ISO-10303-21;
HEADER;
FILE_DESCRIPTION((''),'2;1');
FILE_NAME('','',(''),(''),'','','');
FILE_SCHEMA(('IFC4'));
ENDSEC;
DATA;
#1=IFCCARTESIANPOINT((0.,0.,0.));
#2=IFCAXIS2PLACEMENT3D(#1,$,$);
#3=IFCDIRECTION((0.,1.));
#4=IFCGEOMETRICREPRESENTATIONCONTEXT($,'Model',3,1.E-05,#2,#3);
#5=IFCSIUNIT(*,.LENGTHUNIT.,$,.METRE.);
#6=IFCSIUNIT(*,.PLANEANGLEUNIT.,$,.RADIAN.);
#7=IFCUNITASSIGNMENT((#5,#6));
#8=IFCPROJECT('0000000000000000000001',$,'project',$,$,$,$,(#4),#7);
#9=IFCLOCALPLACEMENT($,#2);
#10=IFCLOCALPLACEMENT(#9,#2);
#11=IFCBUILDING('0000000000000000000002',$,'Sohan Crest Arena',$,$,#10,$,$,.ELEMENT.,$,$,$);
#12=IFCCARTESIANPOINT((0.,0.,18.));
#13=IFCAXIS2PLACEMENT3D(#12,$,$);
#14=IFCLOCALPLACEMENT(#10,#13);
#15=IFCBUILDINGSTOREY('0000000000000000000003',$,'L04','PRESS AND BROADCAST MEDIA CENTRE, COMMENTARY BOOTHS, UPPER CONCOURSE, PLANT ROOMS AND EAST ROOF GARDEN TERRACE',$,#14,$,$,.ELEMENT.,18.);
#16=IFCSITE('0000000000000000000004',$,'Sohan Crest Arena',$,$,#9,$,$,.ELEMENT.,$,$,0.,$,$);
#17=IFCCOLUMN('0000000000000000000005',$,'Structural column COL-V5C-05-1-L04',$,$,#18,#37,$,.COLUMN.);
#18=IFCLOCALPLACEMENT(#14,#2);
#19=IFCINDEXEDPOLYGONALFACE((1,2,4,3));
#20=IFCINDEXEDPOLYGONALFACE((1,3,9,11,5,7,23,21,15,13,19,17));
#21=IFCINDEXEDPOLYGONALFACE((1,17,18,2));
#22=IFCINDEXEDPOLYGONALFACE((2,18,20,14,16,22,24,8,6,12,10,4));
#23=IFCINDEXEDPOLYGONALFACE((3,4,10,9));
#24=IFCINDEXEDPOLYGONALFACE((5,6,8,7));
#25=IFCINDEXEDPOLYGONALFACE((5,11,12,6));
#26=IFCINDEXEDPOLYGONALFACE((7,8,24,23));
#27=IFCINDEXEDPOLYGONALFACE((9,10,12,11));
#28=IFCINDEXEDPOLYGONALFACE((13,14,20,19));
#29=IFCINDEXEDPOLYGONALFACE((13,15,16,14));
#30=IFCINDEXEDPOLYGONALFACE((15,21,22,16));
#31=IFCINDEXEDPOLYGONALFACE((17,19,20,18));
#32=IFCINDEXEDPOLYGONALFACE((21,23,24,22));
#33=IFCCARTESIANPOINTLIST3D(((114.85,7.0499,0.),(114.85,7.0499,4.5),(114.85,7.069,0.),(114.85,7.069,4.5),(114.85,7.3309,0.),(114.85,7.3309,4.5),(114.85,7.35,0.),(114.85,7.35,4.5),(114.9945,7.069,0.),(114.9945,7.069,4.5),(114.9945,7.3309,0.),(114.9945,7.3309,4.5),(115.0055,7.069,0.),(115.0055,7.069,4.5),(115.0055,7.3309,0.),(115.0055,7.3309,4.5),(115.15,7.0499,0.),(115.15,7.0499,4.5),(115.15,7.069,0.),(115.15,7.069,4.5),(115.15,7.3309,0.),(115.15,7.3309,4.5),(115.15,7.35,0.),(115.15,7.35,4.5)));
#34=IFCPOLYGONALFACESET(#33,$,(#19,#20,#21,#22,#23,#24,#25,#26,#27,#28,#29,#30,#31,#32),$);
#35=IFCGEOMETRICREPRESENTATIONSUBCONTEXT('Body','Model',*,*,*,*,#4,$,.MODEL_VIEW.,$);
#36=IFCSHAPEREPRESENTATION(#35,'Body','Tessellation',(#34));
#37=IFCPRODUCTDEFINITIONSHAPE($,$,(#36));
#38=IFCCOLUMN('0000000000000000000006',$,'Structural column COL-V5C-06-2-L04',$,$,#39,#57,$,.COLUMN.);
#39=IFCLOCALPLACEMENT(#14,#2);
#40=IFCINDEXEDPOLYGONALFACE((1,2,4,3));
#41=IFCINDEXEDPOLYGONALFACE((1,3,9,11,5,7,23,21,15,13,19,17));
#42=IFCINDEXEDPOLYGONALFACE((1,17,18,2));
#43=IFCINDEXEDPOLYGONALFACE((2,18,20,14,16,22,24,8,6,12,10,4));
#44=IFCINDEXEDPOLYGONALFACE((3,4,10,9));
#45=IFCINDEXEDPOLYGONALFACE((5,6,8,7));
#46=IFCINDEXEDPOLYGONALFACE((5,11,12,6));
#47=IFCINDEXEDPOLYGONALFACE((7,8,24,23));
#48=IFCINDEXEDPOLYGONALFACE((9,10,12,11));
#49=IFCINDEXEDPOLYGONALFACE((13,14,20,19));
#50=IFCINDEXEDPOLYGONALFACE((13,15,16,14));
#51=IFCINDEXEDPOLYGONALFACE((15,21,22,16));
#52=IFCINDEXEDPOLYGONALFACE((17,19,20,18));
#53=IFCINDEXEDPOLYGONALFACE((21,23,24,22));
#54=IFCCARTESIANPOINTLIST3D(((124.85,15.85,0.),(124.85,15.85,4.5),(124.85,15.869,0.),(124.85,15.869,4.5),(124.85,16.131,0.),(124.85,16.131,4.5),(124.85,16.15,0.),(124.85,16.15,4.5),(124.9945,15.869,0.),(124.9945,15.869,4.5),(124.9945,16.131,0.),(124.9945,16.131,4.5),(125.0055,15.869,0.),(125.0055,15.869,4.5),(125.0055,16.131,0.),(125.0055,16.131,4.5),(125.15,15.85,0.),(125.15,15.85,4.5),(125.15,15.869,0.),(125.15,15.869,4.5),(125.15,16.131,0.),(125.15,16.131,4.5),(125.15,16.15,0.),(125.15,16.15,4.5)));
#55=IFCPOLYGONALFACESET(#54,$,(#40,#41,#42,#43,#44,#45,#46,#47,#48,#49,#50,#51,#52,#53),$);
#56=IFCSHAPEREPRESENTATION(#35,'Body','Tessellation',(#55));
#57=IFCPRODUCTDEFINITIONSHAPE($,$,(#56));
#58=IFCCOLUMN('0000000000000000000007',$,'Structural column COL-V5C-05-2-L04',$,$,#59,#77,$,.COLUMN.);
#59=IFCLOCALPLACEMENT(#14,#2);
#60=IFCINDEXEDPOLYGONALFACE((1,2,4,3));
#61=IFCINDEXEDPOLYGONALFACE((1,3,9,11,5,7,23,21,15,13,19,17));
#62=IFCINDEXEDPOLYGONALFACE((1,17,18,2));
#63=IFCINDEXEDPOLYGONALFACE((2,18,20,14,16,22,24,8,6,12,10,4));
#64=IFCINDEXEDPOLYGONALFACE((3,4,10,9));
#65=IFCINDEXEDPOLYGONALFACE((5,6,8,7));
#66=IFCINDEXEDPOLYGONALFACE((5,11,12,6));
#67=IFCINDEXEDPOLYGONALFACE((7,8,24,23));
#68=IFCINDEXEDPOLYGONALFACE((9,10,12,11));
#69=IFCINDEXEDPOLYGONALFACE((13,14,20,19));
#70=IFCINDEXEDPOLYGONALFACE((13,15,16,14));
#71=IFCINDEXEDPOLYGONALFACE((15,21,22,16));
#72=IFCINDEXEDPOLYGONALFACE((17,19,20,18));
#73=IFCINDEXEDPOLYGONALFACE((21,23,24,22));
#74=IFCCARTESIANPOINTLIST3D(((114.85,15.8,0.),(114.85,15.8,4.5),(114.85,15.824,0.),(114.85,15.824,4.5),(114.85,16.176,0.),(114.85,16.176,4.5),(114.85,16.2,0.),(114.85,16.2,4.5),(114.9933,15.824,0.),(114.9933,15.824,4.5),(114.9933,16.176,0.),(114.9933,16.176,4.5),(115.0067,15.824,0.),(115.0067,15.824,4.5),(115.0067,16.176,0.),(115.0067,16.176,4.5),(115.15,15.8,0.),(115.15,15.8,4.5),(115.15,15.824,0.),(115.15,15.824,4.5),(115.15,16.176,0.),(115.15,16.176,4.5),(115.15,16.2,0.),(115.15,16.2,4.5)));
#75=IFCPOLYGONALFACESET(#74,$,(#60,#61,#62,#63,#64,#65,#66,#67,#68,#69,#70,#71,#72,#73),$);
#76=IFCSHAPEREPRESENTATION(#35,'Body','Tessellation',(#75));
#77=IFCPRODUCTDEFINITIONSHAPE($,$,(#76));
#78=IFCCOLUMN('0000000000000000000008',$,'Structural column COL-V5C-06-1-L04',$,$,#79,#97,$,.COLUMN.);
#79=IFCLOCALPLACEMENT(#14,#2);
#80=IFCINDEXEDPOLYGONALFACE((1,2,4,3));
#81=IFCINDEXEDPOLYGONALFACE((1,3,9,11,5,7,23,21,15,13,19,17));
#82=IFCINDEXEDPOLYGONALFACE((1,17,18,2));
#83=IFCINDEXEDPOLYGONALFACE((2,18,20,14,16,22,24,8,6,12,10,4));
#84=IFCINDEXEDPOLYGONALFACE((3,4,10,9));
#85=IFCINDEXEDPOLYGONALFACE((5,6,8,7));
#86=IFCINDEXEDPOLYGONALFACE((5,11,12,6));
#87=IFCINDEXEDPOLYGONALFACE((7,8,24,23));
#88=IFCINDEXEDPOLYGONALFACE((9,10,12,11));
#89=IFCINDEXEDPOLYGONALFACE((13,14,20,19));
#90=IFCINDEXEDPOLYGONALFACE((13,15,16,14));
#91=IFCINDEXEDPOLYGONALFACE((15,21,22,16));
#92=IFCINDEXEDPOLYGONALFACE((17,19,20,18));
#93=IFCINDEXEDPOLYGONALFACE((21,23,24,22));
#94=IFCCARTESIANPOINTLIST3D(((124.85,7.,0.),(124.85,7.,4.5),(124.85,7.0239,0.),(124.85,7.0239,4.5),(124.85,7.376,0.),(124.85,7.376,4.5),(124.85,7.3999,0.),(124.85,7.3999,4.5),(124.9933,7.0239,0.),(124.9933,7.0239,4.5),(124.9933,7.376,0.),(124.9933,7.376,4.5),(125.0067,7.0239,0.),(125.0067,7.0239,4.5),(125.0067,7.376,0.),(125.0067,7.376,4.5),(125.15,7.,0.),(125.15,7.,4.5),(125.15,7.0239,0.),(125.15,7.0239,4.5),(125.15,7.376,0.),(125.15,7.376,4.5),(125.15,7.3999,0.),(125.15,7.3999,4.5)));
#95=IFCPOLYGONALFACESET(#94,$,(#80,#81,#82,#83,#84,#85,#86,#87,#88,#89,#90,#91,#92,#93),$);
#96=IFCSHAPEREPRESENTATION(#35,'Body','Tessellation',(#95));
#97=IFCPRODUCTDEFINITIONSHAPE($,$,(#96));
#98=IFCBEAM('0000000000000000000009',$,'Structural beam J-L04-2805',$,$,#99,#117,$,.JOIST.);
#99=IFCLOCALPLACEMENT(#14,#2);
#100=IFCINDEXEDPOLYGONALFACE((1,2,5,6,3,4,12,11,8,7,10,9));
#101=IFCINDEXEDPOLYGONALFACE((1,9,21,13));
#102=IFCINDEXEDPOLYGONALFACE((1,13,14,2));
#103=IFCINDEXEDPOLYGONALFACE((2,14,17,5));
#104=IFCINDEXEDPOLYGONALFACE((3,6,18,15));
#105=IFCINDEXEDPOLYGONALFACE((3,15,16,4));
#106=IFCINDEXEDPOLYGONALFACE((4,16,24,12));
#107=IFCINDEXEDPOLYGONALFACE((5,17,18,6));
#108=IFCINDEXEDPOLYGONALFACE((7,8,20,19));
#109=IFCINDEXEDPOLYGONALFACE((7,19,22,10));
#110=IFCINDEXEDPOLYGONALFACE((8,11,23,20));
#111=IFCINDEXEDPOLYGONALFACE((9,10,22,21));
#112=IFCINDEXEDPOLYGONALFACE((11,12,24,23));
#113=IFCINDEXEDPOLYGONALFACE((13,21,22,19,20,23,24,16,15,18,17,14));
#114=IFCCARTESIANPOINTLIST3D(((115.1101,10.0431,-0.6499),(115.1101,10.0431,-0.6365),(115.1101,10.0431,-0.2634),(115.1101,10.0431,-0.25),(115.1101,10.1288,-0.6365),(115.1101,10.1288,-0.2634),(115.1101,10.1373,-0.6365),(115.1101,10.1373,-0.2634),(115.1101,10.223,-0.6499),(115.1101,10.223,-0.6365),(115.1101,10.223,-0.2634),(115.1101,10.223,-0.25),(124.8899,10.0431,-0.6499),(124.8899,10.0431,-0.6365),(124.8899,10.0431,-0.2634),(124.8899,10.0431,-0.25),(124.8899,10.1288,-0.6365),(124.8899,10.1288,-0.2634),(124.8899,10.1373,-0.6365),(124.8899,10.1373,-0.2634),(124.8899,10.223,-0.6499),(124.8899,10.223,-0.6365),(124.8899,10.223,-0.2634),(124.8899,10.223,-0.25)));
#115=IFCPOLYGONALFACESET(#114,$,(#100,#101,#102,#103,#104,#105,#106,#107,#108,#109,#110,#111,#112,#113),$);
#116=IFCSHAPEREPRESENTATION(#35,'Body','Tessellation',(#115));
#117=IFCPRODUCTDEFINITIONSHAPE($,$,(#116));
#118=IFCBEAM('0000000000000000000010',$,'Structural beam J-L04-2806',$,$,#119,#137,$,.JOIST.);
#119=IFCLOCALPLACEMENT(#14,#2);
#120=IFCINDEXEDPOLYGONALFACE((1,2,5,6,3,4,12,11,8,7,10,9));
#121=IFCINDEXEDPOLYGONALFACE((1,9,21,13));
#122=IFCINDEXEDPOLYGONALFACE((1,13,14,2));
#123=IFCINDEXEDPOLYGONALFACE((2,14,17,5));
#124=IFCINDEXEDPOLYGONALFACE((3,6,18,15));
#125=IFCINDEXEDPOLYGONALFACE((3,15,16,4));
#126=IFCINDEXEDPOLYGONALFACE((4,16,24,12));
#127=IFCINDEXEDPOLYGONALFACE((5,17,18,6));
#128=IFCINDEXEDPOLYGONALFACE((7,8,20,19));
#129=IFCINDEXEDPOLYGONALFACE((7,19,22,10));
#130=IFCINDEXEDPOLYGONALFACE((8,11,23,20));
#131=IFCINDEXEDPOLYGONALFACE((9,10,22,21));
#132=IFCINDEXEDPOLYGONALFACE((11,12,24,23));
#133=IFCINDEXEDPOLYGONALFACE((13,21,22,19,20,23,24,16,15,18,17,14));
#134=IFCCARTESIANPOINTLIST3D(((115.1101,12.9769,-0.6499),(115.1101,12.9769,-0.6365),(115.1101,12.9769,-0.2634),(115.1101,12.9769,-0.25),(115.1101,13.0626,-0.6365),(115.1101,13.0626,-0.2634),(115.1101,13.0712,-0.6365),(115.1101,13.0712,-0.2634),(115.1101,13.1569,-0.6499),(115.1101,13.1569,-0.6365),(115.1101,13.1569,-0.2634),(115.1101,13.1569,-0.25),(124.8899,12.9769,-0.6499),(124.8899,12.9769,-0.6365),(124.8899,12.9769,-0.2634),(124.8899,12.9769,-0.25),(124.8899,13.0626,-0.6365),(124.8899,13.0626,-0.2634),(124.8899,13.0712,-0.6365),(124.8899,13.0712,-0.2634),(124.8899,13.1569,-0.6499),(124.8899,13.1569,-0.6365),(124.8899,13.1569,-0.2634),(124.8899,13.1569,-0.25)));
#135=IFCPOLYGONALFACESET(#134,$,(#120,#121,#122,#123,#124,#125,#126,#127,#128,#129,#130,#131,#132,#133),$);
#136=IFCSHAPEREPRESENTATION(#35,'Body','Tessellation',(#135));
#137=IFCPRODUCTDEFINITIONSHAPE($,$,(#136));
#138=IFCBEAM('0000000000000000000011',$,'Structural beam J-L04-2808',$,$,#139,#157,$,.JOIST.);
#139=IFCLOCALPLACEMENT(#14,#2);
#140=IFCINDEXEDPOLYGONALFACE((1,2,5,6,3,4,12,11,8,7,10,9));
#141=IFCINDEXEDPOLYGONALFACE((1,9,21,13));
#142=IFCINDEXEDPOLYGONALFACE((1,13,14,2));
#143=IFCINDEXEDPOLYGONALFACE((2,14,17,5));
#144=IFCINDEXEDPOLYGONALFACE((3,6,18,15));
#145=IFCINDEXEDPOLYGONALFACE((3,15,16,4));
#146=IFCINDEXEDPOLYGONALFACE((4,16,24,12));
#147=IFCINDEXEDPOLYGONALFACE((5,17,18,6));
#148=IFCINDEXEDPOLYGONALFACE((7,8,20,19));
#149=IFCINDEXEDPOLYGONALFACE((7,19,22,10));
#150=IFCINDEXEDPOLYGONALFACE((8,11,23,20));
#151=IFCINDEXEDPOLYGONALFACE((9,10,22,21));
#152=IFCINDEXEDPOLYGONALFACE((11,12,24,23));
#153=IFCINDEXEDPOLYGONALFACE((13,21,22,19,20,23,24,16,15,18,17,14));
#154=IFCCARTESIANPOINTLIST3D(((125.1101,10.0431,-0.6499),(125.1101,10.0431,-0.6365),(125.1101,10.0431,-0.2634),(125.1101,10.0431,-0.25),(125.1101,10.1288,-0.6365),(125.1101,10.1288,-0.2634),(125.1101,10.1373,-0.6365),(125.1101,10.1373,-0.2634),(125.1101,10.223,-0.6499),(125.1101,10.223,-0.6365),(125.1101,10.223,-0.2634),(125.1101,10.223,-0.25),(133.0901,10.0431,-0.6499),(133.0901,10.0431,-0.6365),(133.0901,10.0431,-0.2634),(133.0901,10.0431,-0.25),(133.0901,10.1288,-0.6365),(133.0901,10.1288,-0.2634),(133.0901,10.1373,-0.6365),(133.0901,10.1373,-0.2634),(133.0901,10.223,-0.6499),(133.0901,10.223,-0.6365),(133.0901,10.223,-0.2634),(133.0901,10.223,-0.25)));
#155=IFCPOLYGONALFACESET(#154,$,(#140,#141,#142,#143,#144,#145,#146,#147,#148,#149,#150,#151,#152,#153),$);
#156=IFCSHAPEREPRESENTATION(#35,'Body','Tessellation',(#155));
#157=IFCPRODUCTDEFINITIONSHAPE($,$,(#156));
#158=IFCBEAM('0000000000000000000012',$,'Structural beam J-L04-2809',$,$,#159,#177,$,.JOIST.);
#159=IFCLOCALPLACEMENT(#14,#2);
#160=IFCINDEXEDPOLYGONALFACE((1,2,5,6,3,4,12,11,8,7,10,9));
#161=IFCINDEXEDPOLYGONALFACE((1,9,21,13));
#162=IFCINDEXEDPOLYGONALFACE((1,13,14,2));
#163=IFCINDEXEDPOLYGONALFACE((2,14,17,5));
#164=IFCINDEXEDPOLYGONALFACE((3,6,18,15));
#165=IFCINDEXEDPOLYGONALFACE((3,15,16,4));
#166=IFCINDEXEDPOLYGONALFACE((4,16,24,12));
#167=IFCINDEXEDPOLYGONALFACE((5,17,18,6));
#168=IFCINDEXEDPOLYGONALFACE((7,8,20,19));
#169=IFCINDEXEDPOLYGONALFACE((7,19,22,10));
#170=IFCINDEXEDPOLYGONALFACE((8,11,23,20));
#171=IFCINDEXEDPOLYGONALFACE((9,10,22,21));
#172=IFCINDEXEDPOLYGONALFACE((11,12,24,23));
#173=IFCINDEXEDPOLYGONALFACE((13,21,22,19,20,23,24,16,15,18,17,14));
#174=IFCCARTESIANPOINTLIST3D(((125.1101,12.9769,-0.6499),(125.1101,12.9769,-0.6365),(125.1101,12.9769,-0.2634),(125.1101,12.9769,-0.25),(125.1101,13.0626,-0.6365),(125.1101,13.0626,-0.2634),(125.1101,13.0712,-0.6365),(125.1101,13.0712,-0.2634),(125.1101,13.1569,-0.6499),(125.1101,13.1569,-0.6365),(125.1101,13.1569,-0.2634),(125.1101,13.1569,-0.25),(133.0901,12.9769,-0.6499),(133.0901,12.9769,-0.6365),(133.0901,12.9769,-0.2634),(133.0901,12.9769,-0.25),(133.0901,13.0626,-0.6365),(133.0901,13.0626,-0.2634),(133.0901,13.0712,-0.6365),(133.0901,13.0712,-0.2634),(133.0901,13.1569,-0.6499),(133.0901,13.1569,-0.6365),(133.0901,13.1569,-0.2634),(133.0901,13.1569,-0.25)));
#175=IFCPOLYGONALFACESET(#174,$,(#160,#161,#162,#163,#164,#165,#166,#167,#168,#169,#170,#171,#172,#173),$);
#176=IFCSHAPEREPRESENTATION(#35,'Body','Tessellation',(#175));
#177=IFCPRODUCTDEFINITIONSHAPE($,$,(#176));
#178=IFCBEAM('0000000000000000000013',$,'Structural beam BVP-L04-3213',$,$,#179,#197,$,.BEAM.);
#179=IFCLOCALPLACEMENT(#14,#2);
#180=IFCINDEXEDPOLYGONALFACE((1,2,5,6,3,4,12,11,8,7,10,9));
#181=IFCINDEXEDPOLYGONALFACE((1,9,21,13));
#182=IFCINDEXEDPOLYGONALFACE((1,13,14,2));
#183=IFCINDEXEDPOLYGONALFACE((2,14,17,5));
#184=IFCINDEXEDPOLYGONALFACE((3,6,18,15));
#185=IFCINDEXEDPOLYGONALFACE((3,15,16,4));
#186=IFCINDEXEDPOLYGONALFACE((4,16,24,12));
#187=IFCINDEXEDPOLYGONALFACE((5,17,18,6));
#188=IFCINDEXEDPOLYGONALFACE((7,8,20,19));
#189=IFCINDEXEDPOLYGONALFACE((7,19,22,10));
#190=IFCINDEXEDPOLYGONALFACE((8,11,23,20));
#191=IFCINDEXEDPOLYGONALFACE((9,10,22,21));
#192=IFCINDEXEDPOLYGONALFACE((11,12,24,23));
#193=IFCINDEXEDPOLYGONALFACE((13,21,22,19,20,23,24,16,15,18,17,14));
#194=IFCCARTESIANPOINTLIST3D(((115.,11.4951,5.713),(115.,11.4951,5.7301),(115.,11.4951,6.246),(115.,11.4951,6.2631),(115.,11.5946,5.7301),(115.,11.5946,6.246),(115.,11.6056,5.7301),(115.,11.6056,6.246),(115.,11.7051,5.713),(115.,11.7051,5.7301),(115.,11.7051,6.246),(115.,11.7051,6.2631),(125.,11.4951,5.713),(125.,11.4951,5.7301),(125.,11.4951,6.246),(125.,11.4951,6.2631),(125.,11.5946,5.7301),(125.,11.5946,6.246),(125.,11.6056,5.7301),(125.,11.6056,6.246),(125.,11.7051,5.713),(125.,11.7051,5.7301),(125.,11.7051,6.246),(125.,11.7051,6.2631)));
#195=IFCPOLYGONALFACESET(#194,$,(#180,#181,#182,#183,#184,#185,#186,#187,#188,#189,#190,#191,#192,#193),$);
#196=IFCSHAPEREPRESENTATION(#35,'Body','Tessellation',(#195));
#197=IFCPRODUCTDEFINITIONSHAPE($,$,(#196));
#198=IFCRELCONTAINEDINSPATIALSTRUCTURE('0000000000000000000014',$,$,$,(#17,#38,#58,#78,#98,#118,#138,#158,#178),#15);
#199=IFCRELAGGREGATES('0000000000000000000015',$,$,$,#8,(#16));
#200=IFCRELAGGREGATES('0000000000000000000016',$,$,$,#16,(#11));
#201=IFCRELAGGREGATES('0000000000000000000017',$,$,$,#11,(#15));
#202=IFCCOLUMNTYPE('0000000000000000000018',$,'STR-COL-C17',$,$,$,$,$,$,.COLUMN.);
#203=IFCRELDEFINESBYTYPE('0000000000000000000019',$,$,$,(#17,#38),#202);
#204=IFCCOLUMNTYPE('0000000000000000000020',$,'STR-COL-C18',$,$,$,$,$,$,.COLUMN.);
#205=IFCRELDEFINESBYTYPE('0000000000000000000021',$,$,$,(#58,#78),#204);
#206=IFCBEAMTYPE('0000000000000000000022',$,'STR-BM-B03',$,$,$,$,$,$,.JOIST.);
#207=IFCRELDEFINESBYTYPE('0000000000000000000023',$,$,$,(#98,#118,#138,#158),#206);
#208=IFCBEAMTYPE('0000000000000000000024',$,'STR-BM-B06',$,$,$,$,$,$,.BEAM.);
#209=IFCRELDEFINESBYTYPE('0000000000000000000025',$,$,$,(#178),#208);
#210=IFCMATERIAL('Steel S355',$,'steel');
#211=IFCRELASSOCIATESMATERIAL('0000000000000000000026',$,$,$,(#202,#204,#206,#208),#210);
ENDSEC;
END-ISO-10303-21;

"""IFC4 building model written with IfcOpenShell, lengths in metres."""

from ifc_helpers import new_model, si_unit, direction, frame, origin, origin_2d, place, context, subcontext, project, spatial, i_section, extrude, material, material_profile, profile_set, type_object, element, save


model = new_model("IFC4")

# Units and contexts
model_context = context("Model", 3, precision=1e-05, world=origin(), true_north=direction((0.0, 1.0)))
body_context = subcontext(model_context, "Body", "Model", "MODEL_VIEW")
ifc_project = project(units=[si_unit("LENGTHUNIT", "METRE"), si_unit("PLANEANGLEUNIT", "RADIAN")], contexts=[model_context])

# Site, building, storey
site_placement = place(None, origin())
site = spatial("IfcSite", under=ifc_project, at=site_placement, Name="Sohan Crest Arena", CompositionType="ELEMENT", RefElevation=0.0)
building_placement = place(site_placement, origin())
building = spatial("IfcBuilding", under=site, at=building_placement, Name="Sohan Crest Arena", CompositionType="ELEMENT")
storey_placement = place(building_placement, frame((0.0, 0.0, 18.0)))
storey = spatial("IfcBuildingStorey", under=building, at=storey_placement, Name="L04", Description="PRESS AND BROADCAST MEDIA CENTRE, COMMENTARY BOOTHS, UPPER CONCOURSE, PLANT ROOMS AND EAST ROOF GARDEN TERRACE", CompositionType="ELEMENT", Elevation=18.0)

# Columns
ifc_material_1 = material(Name="Steel S355", Category="steel")
ifc_material_profile_1 = material_profile(ifc_material_1, i_section(OverallWidth=0.3, OverallDepth=0.3, WebThickness=0.011, FlangeThickness=0.019, at=origin_2d()), Name="HEB 300")
ifc_profile_set_1 = profile_set([ifc_material_profile_1], Name="Steel S355")
column_type_1 = type_object("IfcColumnType", Name="STR-COL-C17", PredefinedType="COLUMN", material=ifc_profile_set_1)
for number, where, z_axis, x_axis, name in (
    (1, (115.0, 7.2, 0.0), (0.0, 0.0, 1.0), (1.0, 0.0, 0.0), "Structural column COL-V5C-05-1-L04"),
    (2, (125.0, 16.0, 0.0), (0.0, 0.0, 1.0), (1.0, 0.0, 0.0), "Structural column COL-V5C-06-2-L04"),
):
    element("IfcColumn", number, at=place(storey_placement, frame(where, z_axis=z_axis, x_axis=x_axis)), inside=storey, type_object=column_type_1, Name=name, PredefinedType="COLUMN", context=body_context, shape_type="SweptSolid", body=[
        extrude(i_section(OverallWidth=0.3, OverallDepth=0.3, WebThickness=0.011, FlangeThickness=0.019, at=origin_2d()), origin(), (0.0, 0.0, 1.0), 4.5),
    ])
ifc_material_profile_2 = material_profile(ifc_material_1, i_section(OverallWidth=0.3, OverallDepth=0.3999, WebThickness=0.0134, FlangeThickness=0.0239, at=origin_2d()), Name="HEB 400")
ifc_profile_set_2 = profile_set([ifc_material_profile_2], Name="Steel S355")
column_type_2 = type_object("IfcColumnType", Name="STR-COL-C18", PredefinedType="COLUMN", material=ifc_profile_set_2)
for number, where, z_axis, x_axis, name in (
    (3, (115.0, 16.0, 0.0), (0.0, 0.0, 1.0), (1.0, 0.0, 0.0), "Structural column COL-V5C-05-2-L04"),
    (4, (125.0, 7.2, 0.0), (0.0, 0.0, 1.0), (1.0, 0.0, 0.0), "Structural column COL-V5C-06-1-L04"),
):
    element("IfcColumn", number, at=place(storey_placement, frame(where, z_axis=z_axis, x_axis=x_axis)), inside=storey, type_object=column_type_2, Name=name, PredefinedType="COLUMN", context=body_context, shape_type="SweptSolid", body=[
        extrude(i_section(OverallWidth=0.3, OverallDepth=0.3999, WebThickness=0.0134, FlangeThickness=0.0239, at=origin_2d()), origin(), (0.0, 0.0, 1.0), 4.5),
    ])

# Beams
ifc_material_profile_3 = material_profile(ifc_material_1, i_section(OverallWidth=0.1799, OverallDepth=0.3999, WebThickness=0.0085, FlangeThickness=0.0134, at=origin_2d()), Name="IPE 400")
ifc_profile_set_3 = profile_set([ifc_material_profile_3], Name="Steel S355")
beam_type_1 = type_object("IfcBeamType", Name="STR-BM-B03", PredefinedType="JOIST", material=ifc_profile_set_3)
for number, where, z_axis, x_axis, name in (
    (5, (115.1101, 10.1331, -0.45), (1.0, 0.0, 0.0), (0.0, 1.0, 0.0), "Structural beam J-L04-2805"),
    (6, (115.1101, 13.0669, -0.45), (1.0, 0.0, 0.0), (0.0, 1.0, 0.0), "Structural beam J-L04-2806"),
):
    element("IfcBeam", number, at=place(storey_placement, frame(where, z_axis=z_axis, x_axis=x_axis)), inside=storey, type_object=beam_type_1, Name=name, PredefinedType="JOIST", context=body_context, shape_type="SweptSolid", body=[
        extrude(i_section(OverallWidth=0.1799, OverallDepth=0.3999, WebThickness=0.0085, FlangeThickness=0.0134, at=origin_2d()), origin(), (0.0, 0.0, 1.0), 9.7798),
    ])
for number, where, z_axis, x_axis, name in (
    (7, (125.1101, 10.1331, -0.45), (1.0, 0.0, 0.0), (0.0, 1.0, 0.0), "Structural beam J-L04-2808"),
    (8, (125.1101, 13.0669, -0.45), (1.0, 0.0, 0.0), (0.0, 1.0, 0.0), "Structural beam J-L04-2809"),
):
    element("IfcBeam", number, at=place(storey_placement, frame(where, z_axis=z_axis, x_axis=x_axis)), inside=storey, type_object=beam_type_1, Name=name, PredefinedType="JOIST", context=body_context, shape_type="SweptSolid", body=[
        extrude(i_section(OverallWidth=0.1799, OverallDepth=0.3999, WebThickness=0.0085, FlangeThickness=0.0134, at=origin_2d()), origin(), (0.0, 0.0, 1.0), 7.98),
    ])
ifc_material_profile_4 = material_profile(ifc_material_1, i_section(OverallWidth=0.21, OverallDepth=0.55, WebThickness=0.011, FlangeThickness=0.0171, at=origin_2d()), Name="IPE 550")
ifc_profile_set_4 = profile_set([ifc_material_profile_4], Name="Steel S355")
beam_type_2 = type_object("IfcBeamType", Name="STR-BM-B06", PredefinedType="BEAM", material=ifc_profile_set_4)
beam_1_placement = place(storey_placement, frame((115.0, 11.6001, 5.988), z_axis=(1.0, 0.0, 0.0), x_axis=(0.0, 1.0, 0.0)))
element("IfcBeam", 9, at=beam_1_placement, inside=storey, type_object=beam_type_2, Name="Structural beam BVP-L04-3213", PredefinedType="BEAM", context=body_context, shape_type="SweptSolid", body=[
    extrude(i_section(OverallWidth=0.21, OverallDepth=0.55, WebThickness=0.011, FlangeThickness=0.0171, at=origin_2d()), origin(), (0.0, 0.0, 1.0), 10.0),
])

save(model, "model.ifc")
